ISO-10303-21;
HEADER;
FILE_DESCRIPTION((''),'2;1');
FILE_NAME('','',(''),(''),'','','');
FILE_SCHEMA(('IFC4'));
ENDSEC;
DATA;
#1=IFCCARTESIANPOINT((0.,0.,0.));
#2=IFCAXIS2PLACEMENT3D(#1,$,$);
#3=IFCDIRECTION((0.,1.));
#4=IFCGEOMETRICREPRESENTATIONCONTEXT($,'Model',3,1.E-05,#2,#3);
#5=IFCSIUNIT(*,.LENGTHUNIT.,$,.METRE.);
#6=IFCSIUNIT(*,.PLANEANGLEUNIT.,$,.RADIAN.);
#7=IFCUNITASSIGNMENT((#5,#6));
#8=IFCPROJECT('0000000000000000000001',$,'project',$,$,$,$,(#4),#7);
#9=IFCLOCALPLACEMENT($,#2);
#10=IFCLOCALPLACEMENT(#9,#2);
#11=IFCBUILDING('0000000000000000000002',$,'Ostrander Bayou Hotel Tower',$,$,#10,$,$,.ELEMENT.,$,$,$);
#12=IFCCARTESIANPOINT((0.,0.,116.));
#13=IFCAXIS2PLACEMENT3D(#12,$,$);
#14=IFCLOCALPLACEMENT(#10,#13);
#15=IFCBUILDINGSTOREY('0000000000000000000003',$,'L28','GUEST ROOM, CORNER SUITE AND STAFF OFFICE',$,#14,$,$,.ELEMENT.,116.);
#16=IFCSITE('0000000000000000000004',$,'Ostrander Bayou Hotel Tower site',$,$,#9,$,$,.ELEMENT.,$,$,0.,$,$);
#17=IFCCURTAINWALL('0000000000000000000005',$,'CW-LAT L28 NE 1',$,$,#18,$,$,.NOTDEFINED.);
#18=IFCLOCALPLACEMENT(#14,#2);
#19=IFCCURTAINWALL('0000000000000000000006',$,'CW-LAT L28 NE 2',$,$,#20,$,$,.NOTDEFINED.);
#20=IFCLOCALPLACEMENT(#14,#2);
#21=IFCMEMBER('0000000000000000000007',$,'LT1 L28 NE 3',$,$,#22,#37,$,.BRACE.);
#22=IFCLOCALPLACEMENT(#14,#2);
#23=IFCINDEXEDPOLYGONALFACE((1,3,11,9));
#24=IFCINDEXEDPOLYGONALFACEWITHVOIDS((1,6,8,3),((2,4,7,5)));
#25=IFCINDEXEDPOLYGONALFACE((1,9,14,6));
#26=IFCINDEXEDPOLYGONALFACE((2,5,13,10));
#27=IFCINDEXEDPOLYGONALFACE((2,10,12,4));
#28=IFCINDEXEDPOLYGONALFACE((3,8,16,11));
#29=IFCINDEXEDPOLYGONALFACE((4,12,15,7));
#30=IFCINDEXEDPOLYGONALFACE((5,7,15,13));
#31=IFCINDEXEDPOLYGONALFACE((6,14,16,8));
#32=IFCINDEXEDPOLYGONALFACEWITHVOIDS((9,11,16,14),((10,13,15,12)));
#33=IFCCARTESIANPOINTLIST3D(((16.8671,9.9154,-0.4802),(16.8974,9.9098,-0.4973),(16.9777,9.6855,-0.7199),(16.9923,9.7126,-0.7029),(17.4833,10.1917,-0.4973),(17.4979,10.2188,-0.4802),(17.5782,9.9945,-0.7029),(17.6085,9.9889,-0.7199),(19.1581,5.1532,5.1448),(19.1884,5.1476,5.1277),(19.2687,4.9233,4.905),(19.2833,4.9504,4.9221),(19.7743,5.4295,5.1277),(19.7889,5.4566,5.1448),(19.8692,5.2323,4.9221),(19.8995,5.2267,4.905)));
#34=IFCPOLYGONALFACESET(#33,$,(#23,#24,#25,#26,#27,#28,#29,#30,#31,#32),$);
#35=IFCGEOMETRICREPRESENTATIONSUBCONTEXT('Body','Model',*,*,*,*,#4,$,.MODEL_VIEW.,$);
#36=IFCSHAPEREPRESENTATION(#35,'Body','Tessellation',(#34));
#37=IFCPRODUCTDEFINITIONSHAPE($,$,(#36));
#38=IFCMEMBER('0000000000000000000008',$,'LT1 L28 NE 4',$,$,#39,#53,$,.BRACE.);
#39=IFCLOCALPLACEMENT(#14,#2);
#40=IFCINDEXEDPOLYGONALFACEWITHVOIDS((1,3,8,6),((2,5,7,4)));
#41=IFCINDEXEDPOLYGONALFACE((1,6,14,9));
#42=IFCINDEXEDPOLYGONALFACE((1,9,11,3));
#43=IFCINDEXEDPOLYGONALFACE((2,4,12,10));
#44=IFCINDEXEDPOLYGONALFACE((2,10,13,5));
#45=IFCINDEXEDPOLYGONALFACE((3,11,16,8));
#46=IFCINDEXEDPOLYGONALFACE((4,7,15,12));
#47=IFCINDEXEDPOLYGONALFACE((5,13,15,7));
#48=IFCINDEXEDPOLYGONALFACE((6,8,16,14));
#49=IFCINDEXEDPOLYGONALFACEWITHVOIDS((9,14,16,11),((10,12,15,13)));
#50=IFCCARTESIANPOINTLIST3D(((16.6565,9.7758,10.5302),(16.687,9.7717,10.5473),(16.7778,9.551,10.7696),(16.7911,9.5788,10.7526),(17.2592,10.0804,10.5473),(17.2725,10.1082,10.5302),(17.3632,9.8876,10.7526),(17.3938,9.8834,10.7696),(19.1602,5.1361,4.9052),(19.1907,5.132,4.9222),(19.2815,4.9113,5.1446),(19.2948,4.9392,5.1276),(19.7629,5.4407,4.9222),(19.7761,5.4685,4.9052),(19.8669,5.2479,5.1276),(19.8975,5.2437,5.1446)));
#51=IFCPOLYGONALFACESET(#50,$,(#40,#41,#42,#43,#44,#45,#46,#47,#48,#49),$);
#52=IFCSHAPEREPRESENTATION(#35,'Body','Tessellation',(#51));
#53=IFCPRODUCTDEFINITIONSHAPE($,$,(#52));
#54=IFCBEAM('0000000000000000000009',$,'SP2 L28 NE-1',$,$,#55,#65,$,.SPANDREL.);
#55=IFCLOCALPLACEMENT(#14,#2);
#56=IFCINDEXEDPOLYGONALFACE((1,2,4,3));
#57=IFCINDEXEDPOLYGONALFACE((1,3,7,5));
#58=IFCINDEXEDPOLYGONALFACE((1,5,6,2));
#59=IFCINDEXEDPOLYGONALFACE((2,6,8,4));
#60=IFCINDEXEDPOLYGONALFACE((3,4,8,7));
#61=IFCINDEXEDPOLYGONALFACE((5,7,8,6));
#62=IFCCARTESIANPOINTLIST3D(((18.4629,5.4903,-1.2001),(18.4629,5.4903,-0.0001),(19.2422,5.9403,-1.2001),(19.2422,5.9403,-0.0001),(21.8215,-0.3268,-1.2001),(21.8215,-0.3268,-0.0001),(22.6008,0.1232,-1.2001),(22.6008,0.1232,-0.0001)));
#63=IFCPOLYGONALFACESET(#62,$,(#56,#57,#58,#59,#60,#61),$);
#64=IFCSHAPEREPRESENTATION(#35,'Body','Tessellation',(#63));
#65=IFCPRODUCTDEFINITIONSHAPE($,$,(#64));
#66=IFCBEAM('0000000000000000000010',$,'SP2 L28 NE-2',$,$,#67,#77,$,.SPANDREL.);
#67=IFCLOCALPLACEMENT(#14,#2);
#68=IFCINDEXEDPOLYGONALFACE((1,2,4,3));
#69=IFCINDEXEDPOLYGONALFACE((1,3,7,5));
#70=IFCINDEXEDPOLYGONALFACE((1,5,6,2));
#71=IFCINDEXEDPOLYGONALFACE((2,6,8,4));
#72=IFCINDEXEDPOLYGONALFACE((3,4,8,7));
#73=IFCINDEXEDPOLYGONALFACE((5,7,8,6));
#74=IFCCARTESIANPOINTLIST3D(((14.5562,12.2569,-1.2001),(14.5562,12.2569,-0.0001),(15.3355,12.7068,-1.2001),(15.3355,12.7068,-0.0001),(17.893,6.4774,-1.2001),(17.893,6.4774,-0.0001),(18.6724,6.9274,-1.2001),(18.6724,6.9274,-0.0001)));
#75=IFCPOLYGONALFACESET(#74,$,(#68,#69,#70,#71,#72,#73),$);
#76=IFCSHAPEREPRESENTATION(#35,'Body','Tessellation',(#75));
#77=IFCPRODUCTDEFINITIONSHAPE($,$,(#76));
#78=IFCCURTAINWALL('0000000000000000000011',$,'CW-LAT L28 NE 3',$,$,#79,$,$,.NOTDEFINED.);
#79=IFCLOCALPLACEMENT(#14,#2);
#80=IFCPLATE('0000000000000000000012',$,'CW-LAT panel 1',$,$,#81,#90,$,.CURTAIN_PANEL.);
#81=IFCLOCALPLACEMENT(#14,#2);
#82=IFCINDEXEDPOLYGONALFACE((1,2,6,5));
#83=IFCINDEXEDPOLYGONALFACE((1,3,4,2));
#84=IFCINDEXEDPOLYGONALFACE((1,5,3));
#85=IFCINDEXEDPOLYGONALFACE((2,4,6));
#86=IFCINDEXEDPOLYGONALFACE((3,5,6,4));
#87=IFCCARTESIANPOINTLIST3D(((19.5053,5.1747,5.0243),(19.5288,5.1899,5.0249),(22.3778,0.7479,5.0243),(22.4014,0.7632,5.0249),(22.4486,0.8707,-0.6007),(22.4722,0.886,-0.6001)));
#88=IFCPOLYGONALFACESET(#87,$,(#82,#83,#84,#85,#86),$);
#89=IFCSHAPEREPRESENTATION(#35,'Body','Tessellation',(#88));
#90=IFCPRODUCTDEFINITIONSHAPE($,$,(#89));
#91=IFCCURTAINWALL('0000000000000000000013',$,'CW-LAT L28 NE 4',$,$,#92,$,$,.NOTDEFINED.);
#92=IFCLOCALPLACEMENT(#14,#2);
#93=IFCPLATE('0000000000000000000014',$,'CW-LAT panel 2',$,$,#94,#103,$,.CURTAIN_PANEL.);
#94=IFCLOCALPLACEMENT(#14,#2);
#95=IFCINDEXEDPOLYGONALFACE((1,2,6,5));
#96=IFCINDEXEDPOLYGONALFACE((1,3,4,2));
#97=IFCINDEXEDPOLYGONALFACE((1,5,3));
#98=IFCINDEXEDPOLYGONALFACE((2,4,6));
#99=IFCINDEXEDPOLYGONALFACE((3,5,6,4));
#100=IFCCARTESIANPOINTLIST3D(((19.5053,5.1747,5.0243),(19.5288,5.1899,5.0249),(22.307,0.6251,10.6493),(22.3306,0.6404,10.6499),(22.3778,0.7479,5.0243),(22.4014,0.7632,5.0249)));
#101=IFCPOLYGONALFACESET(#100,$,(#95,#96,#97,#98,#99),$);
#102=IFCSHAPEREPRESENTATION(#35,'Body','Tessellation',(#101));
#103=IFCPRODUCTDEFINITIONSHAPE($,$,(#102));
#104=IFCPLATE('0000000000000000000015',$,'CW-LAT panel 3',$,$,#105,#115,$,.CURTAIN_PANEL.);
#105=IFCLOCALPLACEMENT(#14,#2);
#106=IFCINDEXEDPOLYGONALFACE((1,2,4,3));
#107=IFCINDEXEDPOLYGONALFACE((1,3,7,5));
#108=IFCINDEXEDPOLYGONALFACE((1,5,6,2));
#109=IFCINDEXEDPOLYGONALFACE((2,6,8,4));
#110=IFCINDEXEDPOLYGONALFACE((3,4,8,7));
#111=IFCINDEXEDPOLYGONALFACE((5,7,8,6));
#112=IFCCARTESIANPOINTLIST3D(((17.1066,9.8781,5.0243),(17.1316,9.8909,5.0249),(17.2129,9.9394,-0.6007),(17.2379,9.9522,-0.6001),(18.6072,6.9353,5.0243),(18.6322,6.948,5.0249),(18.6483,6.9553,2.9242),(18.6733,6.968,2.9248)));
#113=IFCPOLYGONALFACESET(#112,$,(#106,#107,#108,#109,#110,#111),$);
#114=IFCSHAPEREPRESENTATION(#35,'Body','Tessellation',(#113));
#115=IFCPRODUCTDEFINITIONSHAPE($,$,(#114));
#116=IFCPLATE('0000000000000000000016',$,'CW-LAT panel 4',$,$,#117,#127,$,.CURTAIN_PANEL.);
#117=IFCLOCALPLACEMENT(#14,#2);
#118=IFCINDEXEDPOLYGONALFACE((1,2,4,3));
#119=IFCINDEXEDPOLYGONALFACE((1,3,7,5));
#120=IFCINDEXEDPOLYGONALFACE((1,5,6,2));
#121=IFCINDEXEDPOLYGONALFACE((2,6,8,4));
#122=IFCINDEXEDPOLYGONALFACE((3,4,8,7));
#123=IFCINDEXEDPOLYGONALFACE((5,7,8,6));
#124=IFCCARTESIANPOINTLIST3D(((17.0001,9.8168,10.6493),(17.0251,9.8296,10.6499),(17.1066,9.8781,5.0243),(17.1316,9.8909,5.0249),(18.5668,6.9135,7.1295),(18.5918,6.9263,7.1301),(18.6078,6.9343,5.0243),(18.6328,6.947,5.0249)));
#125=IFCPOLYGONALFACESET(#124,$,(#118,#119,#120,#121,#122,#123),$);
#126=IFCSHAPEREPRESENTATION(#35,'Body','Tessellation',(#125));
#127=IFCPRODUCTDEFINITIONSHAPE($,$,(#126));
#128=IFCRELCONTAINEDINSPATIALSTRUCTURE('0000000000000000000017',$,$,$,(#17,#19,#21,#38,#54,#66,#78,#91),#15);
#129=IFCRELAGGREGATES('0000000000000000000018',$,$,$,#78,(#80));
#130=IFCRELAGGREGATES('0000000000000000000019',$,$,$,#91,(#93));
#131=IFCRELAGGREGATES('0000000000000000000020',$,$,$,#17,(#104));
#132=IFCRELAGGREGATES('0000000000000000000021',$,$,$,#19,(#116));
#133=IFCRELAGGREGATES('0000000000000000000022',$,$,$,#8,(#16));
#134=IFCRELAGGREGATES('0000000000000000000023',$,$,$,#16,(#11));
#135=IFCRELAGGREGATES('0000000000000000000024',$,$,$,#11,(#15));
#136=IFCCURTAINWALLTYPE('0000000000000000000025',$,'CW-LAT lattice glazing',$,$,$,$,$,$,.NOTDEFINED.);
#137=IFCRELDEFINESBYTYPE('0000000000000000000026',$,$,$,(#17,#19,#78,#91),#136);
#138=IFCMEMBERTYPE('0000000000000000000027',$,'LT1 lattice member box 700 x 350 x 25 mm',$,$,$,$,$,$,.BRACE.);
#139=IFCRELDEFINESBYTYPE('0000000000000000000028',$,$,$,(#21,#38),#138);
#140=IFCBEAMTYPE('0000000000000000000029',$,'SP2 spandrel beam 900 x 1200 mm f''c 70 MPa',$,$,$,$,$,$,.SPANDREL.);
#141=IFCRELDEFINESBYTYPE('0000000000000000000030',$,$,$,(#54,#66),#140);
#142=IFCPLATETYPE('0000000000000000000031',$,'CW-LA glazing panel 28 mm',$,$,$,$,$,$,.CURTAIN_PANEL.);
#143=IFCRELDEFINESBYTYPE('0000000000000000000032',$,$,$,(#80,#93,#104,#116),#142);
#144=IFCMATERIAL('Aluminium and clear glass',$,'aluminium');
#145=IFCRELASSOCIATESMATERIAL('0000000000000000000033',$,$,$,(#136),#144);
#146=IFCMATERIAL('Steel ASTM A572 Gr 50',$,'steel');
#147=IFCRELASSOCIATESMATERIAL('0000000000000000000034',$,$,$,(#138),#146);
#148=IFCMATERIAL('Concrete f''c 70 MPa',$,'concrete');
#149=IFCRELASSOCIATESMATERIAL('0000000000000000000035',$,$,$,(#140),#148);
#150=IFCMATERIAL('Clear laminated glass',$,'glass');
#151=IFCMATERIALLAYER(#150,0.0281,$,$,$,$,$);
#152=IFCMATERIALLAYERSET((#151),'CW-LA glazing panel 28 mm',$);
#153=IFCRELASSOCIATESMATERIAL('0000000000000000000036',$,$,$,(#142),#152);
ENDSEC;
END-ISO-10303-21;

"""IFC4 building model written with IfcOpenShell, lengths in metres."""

from ifc_helpers import new_model, si_unit, direction, frame, origin, origin_2d, place, context, subcontext, project, spatial, polyline, rectangle, hollow_rectangle, outline, extrude, material, layer, layer_set, material_profile, profile_set, type_object, element, aggregate, save


model = new_model("IFC4")

# Units and contexts
model_context = context("Model", 3, precision=1e-05, world=origin(), true_north=direction((0.0, 1.0)))
body_context = subcontext(model_context, "Body", "Model", "MODEL_VIEW")
ifc_project = project(units=[si_unit("LENGTHUNIT", "METRE"), si_unit("PLANEANGLEUNIT", "RADIAN")], contexts=[model_context])

# Site, building, storey
site_placement = place(None, origin())
site = spatial("IfcSite", under=ifc_project, at=site_placement, Name="Ostrander Bayou Hotel Tower site", CompositionType="ELEMENT", RefElevation=0.0)
building_placement = place(site_placement, origin())
building = spatial("IfcBuilding", under=site, at=building_placement, Name="Ostrander Bayou Hotel Tower", CompositionType="ELEMENT")
storey_placement = place(building_placement, frame((0.0, 0.0, 116.0)))
storey = spatial("IfcBuildingStorey", under=building, at=storey_placement, Name="L28", Description="GUEST ROOM, CORNER SUITE AND STAFF OFFICE", CompositionType="ELEMENT", Elevation=116.0)

# Curtain wall
ifc_material_1 = material(Name="Aluminium and clear glass", Category="aluminium")
curtain_wall_type = type_object("IfcCurtainWallType", Name="CW-LAT lattice glazing", PredefinedType="NOTDEFINED", material=ifc_material_1)
curtain_wall_1_placement = place(storey_placement, origin())
curtain_wall_1 = element("IfcCurtainWall", 1, at=curtain_wall_1_placement, inside=storey, type_object=curtain_wall_type, Name="CW-LAT L28 NE 1", PredefinedType="NOTDEFINED")

# Curtain wall
curtain_wall_2_placement = place(storey_placement, origin())
curtain_wall_2 = element("IfcCurtainWall", 2, at=curtain_wall_2_placement, inside=storey, type_object=curtain_wall_type, Name="CW-LAT L28 NE 2", PredefinedType="NOTDEFINED")

# Members
ifc_material_2 = material(Name="Steel ASTM A572 Gr 50", Category="steel")
ifc_material_profile_1 = material_profile(ifc_material_2, hollow_rectangle(XDim=0.7, YDim=0.3501, WallThickness=0.0249, at=origin_2d()))
ifc_profile_set_1 = profile_set([ifc_material_profile_1], Name="Steel ASTM A572 Gr 50")
member_type_1 = type_object("IfcMemberType", Name="LT1 lattice member box 700 x 350 x 25 mm", PredefinedType="BRACE", material=ifc_profile_set_1)
member_1_placement = place(storey_placement, frame((19.5288, 5.1899, 5.0249), z_axis=(-0.296839, 0.617024, -0.728813), x_axis=(-0.901142, -0.433524, 0.0)))
element("IfcMember", 3, at=member_1_placement, inside=storey, type_object=member_type_1, Name="LT1 L28 NE 3", PredefinedType="BRACE", context=body_context, shape_type="SweptSolid", body=[
    extrude(hollow_rectangle(XDim=0.7, YDim=0.3501, WallThickness=0.0249, at=origin_2d()), origin(), (0.0, 0.0, 1.0), 7.718),
])
member_2_placement = place(storey_placement, frame((19.5288, 5.1899, 5.0249), z_axis=(-0.324753, 0.601815, 0.729626), x_axis=(-0.880044, -0.474892, 0.0)))
element("IfcMember", 4, at=member_2_placement, inside=storey, type_object=member_type_1, Name="LT1 L28 NE 4", PredefinedType="BRACE", context=body_context, shape_type="SweptSolid", body=[
    extrude(hollow_rectangle(XDim=0.7, YDim=0.3501, WallThickness=0.0249, at=origin_2d()), origin(), (0.0, 0.0, 1.0), 7.7095),
])

# Beams
ifc_material_3 = material(Name="Concrete f'c 70 MPa", Category="concrete")
ifc_material_profile_2 = material_profile(ifc_material_3, rectangle(XDim=0.8999, YDim=1.2, at=origin_2d()))
ifc_profile_set_2 = profile_set([ifc_material_profile_2], Name="Concrete f'c 70 MPa")
beam_type_1 = type_object("IfcBeamType", Name="SP2 spandrel beam 900 x 1200 mm f'c 70 MPa", PredefinedType="SPANDREL", material=ifc_profile_set_2)
beam_1_placement = place(storey_placement, frame((22.2112, -0.1018, -0.6001), z_axis=(-0.500013, 0.866018, 0.0), x_axis=(-0.866018, -0.500013, 0.0)))
element("IfcBeam", 5, at=beam_1_placement, inside=storey, type_object=beam_type_1, Name="SP2 L28 NE-1", PredefinedType="SPANDREL", context=body_context, shape_type="SweptSolid", body=[
    extrude(rectangle(XDim=0.8999, YDim=1.2, at=origin_2d()), origin(), (0.0, 0.0, 1.0), 6.717),
])
beam_2_placement = place(storey_placement, frame((18.2827, 6.7024, -0.6001), z_axis=(-0.500011, 0.866019, 0.0), x_axis=(-0.866019, -0.500011, 0.0)))
element("IfcBeam", 6, at=beam_2_placement, inside=storey, type_object=beam_type_1, Name="SP2 L28 NE-2", PredefinedType="SPANDREL", context=body_context, shape_type="SweptSolid", body=[
    extrude(rectangle(XDim=0.8999, YDim=1.2, at=origin_2d()), origin(), (0.0, 0.0, 1.0), 6.6736),
])

# Curtain walls, plates
curtain_wall_3_placement = place(storey_placement, origin())
curtain_wall_3 = element("IfcCurtainWall", 7, at=curtain_wall_3_placement, inside=storey, type_object=curtain_wall_type, Name="CW-LAT L28 NE 3", PredefinedType="NOTDEFINED")
ifc_material_4 = material(Name="Clear laminated glass", Category="glass")
ifc_layer_1 = layer(ifc_material_4, 0.0281)
ifc_layer_set_1 = layer_set([ifc_layer_1], Name="CW-LA glazing panel 28 mm")
plate_type = type_object("IfcPlateType", Name="CW-LA glazing panel 28 mm", PredefinedType="CURTAIN_PANEL", material=ifc_layer_set_1)
plate_1_placement = place(storey_placement, frame((19.5288, 5.1899, 5.0249), z_axis=(0.838651, 0.544207, 0.022437), x_axis=(0.383752, -0.561146, -0.733382)))
plate_1 = element("IfcPlate", 8, at=plate_1_placement, type_object=plate_type, Name="CW-LAT panel 1", PredefinedType="CURTAIN_PANEL", context=body_context, shape_type="SweptSolid", body=[
    extrude(outline(polyline([(0.0, 0.0), (7.6699, 0.0), (3.5864, -3.8711), (0.0, 0.0)])), origin(), (0.0, 0.0, -1.0), 0.0281),
])
aggregate(curtain_wall_3, [plate_1])
curtain_wall_4_placement = place(storey_placement, origin())
curtain_wall_4 = element("IfcCurtainWall", 9, at=curtain_wall_4_placement, inside=storey, type_object=curtain_wall_type, Name="CW-LAT L28 NE 4", PredefinedType="NOTDEFINED")
plate_2_placement = place(storey_placement, frame((19.5288, 5.1899, 5.0249), z_axis=(0.838651, 0.544207, 0.022437), x_axis=(0.361137, -0.586423, 0.725043)))
plate_2 = element("IfcPlate", 10, at=plate_2_placement, type_object=plate_type, Name="CW-LAT panel 2", PredefinedType="CURTAIN_PANEL", context=body_context, shape_type="SweptSolid", body=[
    extrude(outline(polyline([(0.0, 0.0), (7.7582, 0.0), (3.6333, 3.8271), (0.0, 0.0)])), origin(), (0.0, 0.0, -1.0), 0.0281),
])
aggregate(curtain_wall_4, [plate_2])

# Plates
plate_3_placement = place(storey_placement, frame((18.6733, 6.968, 2.9248), z_axis=(0.890657, 0.454155, 0.021781), x_axis=(-0.296803, 0.617024, -0.728827)))
plate_3 = element("IfcPlate", 11, at=plate_3_placement, type_object=plate_type, Name="CW-LAT panel 3", PredefinedType="CURTAIN_PANEL", context=body_context, shape_type="SweptSolid", body=[
    extrude(outline(polyline([(0.0, 0.0), (4.8364, 0.0), (0.7305, 3.8467), (-1.5307, 1.4385), (0.0, 0.0)])), origin(), (0.0, 0.0, -1.0), 0.0281),
])
aggregate(curtain_wall_1, [plate_3])
plate_4_placement = place(storey_placement, frame((18.5918, 6.9263, 7.1301), z_axis=(0.890647, 0.454173, 0.021809), x_axis=(-0.324759, 0.601826, 0.729615)))
plate_4 = element("IfcPlate", 12, at=plate_4_placement, type_object=plate_type, Name="CW-LAT panel 4", PredefinedType="CURTAIN_PANEL", context=body_context, shape_type="SweptSolid", body=[
    extrude(outline(polyline([(0.0, 0.0), (4.8242, 0.0), (0.7224, -3.8511), (-1.5368, -1.4395), (0.0, 0.0)])), origin(), (0.0, 0.0, -1.0), 0.0281),
])
aggregate(curtain_wall_2, [plate_4])

save(model, "model.ifc")
